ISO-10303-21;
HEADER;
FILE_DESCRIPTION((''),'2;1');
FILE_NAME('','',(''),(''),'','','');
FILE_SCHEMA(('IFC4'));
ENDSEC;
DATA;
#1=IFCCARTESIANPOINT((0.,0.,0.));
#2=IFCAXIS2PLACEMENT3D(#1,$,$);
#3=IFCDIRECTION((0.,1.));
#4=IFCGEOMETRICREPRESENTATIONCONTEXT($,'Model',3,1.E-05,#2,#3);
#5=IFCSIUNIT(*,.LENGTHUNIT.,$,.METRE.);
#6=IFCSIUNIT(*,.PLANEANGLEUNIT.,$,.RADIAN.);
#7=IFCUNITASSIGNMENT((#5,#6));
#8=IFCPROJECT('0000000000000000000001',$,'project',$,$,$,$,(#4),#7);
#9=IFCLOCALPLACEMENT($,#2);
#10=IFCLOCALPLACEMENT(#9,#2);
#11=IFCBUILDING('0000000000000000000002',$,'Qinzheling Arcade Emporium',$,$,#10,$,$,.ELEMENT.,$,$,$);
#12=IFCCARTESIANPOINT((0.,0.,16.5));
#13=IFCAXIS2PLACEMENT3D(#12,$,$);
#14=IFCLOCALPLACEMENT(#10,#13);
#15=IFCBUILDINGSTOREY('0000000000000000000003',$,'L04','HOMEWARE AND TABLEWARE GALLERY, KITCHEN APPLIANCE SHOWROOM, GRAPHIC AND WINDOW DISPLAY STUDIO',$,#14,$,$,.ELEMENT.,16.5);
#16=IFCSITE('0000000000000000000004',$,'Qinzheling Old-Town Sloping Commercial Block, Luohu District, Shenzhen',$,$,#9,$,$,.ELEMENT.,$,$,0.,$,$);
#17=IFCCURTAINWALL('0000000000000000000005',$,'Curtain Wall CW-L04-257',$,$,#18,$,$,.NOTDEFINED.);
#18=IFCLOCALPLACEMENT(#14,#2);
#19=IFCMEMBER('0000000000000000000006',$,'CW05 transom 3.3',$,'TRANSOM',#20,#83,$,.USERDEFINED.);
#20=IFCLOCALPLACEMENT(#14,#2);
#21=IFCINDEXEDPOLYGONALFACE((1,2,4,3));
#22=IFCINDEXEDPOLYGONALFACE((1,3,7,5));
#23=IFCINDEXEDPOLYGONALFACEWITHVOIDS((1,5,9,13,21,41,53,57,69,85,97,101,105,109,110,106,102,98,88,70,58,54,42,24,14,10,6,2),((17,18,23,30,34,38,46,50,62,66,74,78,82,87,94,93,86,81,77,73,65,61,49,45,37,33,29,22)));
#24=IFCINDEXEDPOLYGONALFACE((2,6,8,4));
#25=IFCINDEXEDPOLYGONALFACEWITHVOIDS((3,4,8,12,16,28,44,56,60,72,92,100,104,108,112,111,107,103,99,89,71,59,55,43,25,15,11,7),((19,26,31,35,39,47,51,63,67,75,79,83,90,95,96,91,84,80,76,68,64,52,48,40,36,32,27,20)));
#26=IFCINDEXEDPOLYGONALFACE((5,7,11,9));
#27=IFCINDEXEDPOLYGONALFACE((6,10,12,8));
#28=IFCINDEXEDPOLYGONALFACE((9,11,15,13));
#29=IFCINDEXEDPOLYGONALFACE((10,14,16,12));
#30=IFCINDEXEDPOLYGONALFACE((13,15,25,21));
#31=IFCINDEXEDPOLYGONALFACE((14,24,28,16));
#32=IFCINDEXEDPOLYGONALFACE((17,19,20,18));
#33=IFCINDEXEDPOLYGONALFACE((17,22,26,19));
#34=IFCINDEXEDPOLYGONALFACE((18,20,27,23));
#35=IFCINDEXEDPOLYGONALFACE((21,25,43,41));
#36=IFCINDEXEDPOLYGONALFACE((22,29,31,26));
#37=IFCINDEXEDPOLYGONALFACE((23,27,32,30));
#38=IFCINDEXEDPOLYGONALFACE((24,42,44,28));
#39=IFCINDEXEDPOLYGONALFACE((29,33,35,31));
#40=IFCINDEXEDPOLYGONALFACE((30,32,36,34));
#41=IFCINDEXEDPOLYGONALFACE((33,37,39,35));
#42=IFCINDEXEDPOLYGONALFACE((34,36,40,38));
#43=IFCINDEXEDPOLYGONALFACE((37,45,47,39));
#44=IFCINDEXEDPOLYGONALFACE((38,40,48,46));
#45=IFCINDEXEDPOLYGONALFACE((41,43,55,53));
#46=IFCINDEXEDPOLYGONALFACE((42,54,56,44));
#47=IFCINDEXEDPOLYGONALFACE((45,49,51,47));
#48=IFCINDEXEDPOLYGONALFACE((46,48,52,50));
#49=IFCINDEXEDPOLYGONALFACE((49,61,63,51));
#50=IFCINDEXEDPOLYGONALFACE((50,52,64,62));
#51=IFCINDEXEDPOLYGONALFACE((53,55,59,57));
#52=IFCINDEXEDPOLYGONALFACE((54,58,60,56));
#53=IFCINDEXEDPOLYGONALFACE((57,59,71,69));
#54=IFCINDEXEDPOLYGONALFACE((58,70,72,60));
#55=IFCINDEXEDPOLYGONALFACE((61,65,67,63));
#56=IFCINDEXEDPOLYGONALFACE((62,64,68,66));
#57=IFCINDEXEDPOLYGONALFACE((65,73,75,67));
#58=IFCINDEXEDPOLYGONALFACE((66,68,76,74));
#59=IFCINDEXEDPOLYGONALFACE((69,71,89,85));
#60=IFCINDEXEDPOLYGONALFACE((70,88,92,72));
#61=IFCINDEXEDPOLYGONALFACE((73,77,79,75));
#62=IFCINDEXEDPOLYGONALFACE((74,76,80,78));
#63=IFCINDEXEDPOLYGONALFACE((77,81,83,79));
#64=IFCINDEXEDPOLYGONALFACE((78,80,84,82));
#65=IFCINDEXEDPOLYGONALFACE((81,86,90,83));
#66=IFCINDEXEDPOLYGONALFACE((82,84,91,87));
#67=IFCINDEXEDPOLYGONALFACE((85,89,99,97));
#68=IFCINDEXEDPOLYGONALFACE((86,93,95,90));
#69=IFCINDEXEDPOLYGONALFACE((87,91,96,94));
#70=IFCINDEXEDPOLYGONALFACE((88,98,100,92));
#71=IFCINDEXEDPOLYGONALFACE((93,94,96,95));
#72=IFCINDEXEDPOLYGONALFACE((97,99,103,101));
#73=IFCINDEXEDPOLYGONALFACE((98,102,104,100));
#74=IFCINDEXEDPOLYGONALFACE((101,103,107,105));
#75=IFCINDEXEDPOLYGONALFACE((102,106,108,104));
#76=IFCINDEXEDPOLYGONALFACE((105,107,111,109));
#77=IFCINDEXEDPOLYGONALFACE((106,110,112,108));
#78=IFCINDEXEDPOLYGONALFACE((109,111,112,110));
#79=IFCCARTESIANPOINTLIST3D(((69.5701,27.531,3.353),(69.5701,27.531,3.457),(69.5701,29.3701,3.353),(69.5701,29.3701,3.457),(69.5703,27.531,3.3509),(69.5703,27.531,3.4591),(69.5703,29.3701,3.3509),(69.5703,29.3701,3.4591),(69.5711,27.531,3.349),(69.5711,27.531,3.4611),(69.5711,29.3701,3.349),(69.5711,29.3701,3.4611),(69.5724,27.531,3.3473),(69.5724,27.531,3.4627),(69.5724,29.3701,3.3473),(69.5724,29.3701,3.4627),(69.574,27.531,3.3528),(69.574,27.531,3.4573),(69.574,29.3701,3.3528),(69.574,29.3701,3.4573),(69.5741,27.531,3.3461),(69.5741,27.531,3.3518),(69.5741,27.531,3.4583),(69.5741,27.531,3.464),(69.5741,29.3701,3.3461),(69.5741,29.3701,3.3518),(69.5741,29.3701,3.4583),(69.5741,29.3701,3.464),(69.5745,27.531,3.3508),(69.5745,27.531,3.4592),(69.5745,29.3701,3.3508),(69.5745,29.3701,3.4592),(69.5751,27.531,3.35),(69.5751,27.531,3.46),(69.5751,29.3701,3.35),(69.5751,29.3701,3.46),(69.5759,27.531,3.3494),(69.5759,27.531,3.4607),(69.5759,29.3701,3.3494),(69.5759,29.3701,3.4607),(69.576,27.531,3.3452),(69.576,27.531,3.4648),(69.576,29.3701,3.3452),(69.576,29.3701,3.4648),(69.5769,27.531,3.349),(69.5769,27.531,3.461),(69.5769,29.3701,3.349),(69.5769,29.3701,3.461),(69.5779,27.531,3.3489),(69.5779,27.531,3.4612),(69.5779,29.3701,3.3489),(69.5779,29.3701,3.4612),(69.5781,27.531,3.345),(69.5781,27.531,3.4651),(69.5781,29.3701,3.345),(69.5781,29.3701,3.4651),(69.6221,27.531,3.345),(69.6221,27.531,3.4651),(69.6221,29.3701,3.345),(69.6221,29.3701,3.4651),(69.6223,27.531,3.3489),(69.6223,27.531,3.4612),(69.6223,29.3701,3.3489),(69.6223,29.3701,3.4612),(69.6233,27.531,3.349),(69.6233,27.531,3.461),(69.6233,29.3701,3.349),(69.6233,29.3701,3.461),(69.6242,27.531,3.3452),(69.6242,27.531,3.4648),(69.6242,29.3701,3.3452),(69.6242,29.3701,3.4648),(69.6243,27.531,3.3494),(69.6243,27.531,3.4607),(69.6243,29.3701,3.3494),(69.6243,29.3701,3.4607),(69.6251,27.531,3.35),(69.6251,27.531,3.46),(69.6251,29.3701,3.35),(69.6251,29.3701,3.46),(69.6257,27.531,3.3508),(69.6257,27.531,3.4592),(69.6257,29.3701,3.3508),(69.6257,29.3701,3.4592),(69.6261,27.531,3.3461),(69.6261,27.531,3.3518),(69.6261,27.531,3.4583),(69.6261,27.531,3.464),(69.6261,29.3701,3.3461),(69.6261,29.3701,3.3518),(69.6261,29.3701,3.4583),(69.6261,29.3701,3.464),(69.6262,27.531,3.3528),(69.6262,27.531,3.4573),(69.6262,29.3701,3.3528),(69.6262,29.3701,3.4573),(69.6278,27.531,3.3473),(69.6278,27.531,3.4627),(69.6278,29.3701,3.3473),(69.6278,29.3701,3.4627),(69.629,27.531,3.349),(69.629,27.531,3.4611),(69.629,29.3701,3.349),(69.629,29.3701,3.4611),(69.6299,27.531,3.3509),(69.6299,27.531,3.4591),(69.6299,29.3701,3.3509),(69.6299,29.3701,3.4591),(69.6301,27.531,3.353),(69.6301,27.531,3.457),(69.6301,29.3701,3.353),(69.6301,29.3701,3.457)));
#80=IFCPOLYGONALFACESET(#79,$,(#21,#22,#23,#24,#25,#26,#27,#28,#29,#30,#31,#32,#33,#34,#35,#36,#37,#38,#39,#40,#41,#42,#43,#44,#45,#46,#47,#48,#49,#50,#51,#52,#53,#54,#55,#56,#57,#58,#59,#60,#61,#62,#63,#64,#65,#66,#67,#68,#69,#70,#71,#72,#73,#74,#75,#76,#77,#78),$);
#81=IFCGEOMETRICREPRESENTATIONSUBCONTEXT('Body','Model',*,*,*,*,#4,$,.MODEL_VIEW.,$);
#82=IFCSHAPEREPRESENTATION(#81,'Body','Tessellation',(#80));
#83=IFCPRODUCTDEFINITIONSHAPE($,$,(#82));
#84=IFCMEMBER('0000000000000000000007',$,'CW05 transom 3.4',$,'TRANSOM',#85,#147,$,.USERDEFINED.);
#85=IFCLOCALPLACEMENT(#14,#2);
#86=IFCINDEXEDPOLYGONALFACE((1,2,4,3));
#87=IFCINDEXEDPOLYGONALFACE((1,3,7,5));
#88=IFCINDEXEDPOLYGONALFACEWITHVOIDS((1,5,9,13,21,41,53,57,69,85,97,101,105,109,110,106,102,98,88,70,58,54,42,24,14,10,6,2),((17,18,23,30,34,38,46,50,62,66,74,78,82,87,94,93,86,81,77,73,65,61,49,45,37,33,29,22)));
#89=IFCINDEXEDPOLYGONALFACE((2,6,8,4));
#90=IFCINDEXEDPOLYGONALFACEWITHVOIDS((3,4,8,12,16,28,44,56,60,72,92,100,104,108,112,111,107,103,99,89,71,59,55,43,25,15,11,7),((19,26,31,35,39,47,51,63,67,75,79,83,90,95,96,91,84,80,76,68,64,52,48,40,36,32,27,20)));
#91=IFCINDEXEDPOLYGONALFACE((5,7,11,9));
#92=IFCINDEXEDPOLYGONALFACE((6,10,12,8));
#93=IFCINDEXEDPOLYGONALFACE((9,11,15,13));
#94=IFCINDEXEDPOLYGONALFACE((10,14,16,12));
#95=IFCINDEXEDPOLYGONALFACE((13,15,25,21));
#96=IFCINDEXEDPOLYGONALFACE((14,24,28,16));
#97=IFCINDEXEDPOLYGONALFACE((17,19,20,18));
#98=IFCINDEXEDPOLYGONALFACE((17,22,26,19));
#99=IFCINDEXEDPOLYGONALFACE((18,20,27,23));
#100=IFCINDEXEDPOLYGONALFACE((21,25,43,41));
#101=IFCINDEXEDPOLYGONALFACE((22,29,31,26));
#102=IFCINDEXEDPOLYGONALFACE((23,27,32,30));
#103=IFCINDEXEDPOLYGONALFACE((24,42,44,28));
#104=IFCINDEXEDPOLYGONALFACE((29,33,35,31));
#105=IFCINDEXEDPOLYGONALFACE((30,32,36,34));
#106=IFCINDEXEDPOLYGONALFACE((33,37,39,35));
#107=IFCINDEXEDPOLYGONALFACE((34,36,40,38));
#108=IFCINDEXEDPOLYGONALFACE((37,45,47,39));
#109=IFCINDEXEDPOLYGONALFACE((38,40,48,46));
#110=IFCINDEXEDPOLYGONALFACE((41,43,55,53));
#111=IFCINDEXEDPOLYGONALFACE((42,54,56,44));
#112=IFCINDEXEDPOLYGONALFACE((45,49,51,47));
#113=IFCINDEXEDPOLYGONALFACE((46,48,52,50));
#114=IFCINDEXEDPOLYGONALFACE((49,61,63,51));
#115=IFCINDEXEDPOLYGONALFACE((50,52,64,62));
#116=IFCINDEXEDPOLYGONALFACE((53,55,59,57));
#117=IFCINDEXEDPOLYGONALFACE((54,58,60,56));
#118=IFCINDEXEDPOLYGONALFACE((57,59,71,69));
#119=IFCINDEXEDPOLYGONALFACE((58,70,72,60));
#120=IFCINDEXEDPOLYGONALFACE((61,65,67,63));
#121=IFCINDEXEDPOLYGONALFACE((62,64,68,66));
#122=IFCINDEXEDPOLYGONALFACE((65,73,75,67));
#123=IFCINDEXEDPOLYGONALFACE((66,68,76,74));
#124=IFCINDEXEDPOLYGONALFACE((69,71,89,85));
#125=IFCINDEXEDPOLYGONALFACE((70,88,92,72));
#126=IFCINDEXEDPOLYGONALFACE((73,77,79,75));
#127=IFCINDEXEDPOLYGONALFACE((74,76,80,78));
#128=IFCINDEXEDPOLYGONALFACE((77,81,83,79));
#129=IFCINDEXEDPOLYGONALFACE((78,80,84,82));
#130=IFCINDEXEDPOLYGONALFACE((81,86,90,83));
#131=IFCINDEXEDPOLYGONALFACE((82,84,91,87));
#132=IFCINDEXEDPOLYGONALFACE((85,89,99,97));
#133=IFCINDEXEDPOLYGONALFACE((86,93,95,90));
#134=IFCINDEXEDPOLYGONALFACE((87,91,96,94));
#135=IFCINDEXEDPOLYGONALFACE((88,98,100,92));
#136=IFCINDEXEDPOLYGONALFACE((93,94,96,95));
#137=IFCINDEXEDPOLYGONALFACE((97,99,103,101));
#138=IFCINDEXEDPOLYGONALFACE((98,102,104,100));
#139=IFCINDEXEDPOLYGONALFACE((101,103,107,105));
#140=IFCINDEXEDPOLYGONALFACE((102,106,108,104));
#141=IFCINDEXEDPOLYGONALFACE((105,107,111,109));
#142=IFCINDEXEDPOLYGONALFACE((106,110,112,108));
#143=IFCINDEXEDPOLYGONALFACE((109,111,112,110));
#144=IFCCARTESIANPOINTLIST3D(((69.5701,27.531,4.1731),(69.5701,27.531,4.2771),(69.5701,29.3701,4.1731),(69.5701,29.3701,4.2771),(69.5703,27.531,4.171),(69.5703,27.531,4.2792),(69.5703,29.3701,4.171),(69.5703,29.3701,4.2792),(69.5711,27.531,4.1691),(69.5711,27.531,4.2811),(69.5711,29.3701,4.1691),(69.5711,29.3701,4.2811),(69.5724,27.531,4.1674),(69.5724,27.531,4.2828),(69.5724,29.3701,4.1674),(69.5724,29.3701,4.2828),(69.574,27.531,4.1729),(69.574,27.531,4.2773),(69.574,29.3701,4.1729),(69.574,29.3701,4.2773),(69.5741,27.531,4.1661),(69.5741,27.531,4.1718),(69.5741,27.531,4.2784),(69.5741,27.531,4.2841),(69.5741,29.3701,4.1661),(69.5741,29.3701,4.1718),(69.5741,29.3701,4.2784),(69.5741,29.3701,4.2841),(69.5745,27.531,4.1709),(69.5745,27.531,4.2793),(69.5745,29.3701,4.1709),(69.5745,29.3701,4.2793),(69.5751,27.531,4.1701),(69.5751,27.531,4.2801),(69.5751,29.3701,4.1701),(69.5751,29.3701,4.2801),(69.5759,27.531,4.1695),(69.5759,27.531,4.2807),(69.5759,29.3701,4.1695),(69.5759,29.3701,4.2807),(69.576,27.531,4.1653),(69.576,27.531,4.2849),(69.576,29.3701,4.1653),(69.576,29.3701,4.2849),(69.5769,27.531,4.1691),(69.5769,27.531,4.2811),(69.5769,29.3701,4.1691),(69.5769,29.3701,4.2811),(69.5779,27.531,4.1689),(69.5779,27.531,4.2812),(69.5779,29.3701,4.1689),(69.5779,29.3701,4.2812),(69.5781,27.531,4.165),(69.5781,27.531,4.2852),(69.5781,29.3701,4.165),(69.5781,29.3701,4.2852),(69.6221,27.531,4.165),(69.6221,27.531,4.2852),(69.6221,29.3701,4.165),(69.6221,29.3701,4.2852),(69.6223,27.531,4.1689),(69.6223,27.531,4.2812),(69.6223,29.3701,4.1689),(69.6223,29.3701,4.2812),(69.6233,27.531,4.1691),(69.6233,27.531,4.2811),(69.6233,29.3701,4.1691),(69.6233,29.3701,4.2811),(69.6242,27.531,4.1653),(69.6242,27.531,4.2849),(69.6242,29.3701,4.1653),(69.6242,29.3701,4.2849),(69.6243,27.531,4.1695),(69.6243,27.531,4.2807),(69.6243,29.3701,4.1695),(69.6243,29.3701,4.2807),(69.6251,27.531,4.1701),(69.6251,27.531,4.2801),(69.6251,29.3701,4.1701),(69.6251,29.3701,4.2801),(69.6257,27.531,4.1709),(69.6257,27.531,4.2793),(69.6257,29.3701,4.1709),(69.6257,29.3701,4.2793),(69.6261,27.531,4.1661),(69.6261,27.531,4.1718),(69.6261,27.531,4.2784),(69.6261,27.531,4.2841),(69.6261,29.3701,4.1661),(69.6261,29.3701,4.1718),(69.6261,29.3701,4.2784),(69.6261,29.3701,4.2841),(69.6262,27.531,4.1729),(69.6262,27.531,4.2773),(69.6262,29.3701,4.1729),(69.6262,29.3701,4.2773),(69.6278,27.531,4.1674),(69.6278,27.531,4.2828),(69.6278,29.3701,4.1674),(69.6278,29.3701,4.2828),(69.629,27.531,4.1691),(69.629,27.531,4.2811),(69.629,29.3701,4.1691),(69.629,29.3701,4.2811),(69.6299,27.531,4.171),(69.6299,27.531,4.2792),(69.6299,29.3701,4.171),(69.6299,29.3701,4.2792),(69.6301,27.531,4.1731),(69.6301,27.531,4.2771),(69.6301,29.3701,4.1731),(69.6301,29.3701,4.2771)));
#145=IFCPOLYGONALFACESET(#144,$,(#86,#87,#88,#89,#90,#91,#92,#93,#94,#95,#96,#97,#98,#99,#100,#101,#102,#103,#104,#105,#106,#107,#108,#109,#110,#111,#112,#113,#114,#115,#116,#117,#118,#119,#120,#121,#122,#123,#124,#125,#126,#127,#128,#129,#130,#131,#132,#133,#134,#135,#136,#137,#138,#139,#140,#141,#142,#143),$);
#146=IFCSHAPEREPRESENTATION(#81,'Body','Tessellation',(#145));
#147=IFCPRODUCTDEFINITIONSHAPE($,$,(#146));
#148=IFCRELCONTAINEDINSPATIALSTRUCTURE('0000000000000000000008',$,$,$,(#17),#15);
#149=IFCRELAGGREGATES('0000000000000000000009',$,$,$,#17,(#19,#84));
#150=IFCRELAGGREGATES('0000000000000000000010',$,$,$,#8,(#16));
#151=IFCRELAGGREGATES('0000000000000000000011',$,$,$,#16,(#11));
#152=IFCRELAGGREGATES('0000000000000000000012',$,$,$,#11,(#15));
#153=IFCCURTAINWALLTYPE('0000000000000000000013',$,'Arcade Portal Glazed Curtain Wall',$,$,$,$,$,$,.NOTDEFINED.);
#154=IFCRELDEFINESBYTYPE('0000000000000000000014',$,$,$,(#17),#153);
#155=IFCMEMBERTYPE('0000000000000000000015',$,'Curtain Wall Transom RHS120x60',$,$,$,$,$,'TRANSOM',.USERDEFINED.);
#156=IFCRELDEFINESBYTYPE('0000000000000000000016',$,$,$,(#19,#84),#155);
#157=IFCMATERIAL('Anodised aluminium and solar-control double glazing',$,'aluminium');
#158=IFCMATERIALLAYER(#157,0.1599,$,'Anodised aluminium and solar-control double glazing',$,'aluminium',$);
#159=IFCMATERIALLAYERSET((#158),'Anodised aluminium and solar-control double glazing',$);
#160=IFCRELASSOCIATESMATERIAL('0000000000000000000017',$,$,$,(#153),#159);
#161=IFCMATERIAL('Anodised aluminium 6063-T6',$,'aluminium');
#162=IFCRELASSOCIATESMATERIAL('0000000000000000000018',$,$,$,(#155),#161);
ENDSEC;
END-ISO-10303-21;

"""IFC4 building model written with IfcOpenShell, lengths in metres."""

from ifc_helpers import new_model, si_unit, direction, frame, origin, origin_2d, place, context, subcontext, project, spatial, hollow_rectangle, extrude, material, layer, layer_set, material_profile, profile_set, type_object, element, aggregate, save


model = new_model("IFC4")

# Units and contexts
model_context = context("Model", 3, precision=1e-05, world=origin(), true_north=direction((0.0, 1.0)))
body_context = subcontext(model_context, "Body", "Model", "MODEL_VIEW")
ifc_project = project(units=[si_unit("LENGTHUNIT", "METRE"), si_unit("PLANEANGLEUNIT", "RADIAN")], contexts=[model_context])

# Site, building, storey
site_placement = place(None, origin())
site = spatial("IfcSite", under=ifc_project, at=site_placement, Name="Qinzheling Old-Town Sloping Commercial Block, Luohu District, Shenzhen", CompositionType="ELEMENT", RefElevation=0.0)
building_placement = place(site_placement, origin())
building = spatial("IfcBuilding", under=site, at=building_placement, Name="Qinzheling Arcade Emporium", CompositionType="ELEMENT")
storey_placement = place(building_placement, frame((0.0, 0.0, 16.5)))
storey = spatial("IfcBuildingStorey", under=building, at=storey_placement, Name="L04", Description="HOMEWARE AND TABLEWARE GALLERY, KITCHEN APPLIANCE SHOWROOM, GRAPHIC AND WINDOW DISPLAY STUDIO", CompositionType="ELEMENT", Elevation=16.5)

# Curtain wall
ifc_material_1 = material(Name="Anodised aluminium and solar-control double glazing", Category="aluminium")
ifc_layer_1 = layer(ifc_material_1, 0.1599, Name="Anodised aluminium and solar-control double glazing", Category="aluminium")
ifc_layer_set_1 = layer_set([ifc_layer_1], Name="Anodised aluminium and solar-control double glazing")
curtain_wall_type = type_object("IfcCurtainWallType", Name="Arcade Portal Glazed Curtain Wall", PredefinedType="NOTDEFINED", material=ifc_layer_set_1)
curtain_wall_1_placement = place(storey_placement, origin())
curtain_wall_1 = element("IfcCurtainWall", 1, at=curtain_wall_1_placement, inside=storey, type_object=curtain_wall_type, Name="Curtain Wall CW-L04-257", PredefinedType="NOTDEFINED")
ifc_material_2 = material(Name="Anodised aluminium 6063-T6", Category="aluminium")

# Members
ifc_material_profile_1 = material_profile(ifc_material_2, hollow_rectangle(XDim=0.0601, YDim=0.1201, WallThickness=0.0039, InnerFilletRadius=0.0039, OuterFilletRadius=0.0081, at=origin_2d()), Name="RHS 120x60x4", Category="aluminium")
ifc_profile_set_1 = profile_set([ifc_material_profile_1], Name="Anodised aluminium 6063-T6")
member_type_1 = type_object("IfcMemberType", Name="Curtain Wall Transom RHS120x60", ElementType="TRANSOM", PredefinedType="USERDEFINED", material=ifc_profile_set_1)
member_1_placement = place(storey_placement, frame((69.6001, 29.3701, 3.405), z_axis=(0.0, -1.0, 0.0), x_axis=(1.0, 0.0, 0.0)))
member_1 = element("IfcMember", 2, at=member_1_placement, type_object=member_type_1, Name="CW05 transom 3.3", ObjectType="TRANSOM", PredefinedType="USERDEFINED", context=body_context, shape_type="SweptSolid", body=[
    extrude(hollow_rectangle(XDim=0.0601, YDim=0.1201, WallThickness=0.0039, InnerFilletRadius=0.0039, OuterFilletRadius=0.0081, at=origin_2d()), origin(), (0.0, 0.0, 1.0), 1.8391),
])
member_2_placement = place(storey_placement, frame((69.6001, 29.3701, 4.2251), z_axis=(0.0, -1.0, 0.0), x_axis=(1.0, 0.0, 0.0)))
member_2 = element("IfcMember", 3, at=member_2_placement, type_object=member_type_1, Name="CW05 transom 3.4", ObjectType="TRANSOM", PredefinedType="USERDEFINED", context=body_context, shape_type="SweptSolid", body=[
    extrude(hollow_rectangle(XDim=0.0601, YDim=0.1201, WallThickness=0.0039, InnerFilletRadius=0.0039, OuterFilletRadius=0.0081, at=origin_2d()), origin(), (0.0, 0.0, 1.0), 1.8391),
])

aggregate(curtain_wall_1, [member_1, member_2])

save(model, "model.ifc")
